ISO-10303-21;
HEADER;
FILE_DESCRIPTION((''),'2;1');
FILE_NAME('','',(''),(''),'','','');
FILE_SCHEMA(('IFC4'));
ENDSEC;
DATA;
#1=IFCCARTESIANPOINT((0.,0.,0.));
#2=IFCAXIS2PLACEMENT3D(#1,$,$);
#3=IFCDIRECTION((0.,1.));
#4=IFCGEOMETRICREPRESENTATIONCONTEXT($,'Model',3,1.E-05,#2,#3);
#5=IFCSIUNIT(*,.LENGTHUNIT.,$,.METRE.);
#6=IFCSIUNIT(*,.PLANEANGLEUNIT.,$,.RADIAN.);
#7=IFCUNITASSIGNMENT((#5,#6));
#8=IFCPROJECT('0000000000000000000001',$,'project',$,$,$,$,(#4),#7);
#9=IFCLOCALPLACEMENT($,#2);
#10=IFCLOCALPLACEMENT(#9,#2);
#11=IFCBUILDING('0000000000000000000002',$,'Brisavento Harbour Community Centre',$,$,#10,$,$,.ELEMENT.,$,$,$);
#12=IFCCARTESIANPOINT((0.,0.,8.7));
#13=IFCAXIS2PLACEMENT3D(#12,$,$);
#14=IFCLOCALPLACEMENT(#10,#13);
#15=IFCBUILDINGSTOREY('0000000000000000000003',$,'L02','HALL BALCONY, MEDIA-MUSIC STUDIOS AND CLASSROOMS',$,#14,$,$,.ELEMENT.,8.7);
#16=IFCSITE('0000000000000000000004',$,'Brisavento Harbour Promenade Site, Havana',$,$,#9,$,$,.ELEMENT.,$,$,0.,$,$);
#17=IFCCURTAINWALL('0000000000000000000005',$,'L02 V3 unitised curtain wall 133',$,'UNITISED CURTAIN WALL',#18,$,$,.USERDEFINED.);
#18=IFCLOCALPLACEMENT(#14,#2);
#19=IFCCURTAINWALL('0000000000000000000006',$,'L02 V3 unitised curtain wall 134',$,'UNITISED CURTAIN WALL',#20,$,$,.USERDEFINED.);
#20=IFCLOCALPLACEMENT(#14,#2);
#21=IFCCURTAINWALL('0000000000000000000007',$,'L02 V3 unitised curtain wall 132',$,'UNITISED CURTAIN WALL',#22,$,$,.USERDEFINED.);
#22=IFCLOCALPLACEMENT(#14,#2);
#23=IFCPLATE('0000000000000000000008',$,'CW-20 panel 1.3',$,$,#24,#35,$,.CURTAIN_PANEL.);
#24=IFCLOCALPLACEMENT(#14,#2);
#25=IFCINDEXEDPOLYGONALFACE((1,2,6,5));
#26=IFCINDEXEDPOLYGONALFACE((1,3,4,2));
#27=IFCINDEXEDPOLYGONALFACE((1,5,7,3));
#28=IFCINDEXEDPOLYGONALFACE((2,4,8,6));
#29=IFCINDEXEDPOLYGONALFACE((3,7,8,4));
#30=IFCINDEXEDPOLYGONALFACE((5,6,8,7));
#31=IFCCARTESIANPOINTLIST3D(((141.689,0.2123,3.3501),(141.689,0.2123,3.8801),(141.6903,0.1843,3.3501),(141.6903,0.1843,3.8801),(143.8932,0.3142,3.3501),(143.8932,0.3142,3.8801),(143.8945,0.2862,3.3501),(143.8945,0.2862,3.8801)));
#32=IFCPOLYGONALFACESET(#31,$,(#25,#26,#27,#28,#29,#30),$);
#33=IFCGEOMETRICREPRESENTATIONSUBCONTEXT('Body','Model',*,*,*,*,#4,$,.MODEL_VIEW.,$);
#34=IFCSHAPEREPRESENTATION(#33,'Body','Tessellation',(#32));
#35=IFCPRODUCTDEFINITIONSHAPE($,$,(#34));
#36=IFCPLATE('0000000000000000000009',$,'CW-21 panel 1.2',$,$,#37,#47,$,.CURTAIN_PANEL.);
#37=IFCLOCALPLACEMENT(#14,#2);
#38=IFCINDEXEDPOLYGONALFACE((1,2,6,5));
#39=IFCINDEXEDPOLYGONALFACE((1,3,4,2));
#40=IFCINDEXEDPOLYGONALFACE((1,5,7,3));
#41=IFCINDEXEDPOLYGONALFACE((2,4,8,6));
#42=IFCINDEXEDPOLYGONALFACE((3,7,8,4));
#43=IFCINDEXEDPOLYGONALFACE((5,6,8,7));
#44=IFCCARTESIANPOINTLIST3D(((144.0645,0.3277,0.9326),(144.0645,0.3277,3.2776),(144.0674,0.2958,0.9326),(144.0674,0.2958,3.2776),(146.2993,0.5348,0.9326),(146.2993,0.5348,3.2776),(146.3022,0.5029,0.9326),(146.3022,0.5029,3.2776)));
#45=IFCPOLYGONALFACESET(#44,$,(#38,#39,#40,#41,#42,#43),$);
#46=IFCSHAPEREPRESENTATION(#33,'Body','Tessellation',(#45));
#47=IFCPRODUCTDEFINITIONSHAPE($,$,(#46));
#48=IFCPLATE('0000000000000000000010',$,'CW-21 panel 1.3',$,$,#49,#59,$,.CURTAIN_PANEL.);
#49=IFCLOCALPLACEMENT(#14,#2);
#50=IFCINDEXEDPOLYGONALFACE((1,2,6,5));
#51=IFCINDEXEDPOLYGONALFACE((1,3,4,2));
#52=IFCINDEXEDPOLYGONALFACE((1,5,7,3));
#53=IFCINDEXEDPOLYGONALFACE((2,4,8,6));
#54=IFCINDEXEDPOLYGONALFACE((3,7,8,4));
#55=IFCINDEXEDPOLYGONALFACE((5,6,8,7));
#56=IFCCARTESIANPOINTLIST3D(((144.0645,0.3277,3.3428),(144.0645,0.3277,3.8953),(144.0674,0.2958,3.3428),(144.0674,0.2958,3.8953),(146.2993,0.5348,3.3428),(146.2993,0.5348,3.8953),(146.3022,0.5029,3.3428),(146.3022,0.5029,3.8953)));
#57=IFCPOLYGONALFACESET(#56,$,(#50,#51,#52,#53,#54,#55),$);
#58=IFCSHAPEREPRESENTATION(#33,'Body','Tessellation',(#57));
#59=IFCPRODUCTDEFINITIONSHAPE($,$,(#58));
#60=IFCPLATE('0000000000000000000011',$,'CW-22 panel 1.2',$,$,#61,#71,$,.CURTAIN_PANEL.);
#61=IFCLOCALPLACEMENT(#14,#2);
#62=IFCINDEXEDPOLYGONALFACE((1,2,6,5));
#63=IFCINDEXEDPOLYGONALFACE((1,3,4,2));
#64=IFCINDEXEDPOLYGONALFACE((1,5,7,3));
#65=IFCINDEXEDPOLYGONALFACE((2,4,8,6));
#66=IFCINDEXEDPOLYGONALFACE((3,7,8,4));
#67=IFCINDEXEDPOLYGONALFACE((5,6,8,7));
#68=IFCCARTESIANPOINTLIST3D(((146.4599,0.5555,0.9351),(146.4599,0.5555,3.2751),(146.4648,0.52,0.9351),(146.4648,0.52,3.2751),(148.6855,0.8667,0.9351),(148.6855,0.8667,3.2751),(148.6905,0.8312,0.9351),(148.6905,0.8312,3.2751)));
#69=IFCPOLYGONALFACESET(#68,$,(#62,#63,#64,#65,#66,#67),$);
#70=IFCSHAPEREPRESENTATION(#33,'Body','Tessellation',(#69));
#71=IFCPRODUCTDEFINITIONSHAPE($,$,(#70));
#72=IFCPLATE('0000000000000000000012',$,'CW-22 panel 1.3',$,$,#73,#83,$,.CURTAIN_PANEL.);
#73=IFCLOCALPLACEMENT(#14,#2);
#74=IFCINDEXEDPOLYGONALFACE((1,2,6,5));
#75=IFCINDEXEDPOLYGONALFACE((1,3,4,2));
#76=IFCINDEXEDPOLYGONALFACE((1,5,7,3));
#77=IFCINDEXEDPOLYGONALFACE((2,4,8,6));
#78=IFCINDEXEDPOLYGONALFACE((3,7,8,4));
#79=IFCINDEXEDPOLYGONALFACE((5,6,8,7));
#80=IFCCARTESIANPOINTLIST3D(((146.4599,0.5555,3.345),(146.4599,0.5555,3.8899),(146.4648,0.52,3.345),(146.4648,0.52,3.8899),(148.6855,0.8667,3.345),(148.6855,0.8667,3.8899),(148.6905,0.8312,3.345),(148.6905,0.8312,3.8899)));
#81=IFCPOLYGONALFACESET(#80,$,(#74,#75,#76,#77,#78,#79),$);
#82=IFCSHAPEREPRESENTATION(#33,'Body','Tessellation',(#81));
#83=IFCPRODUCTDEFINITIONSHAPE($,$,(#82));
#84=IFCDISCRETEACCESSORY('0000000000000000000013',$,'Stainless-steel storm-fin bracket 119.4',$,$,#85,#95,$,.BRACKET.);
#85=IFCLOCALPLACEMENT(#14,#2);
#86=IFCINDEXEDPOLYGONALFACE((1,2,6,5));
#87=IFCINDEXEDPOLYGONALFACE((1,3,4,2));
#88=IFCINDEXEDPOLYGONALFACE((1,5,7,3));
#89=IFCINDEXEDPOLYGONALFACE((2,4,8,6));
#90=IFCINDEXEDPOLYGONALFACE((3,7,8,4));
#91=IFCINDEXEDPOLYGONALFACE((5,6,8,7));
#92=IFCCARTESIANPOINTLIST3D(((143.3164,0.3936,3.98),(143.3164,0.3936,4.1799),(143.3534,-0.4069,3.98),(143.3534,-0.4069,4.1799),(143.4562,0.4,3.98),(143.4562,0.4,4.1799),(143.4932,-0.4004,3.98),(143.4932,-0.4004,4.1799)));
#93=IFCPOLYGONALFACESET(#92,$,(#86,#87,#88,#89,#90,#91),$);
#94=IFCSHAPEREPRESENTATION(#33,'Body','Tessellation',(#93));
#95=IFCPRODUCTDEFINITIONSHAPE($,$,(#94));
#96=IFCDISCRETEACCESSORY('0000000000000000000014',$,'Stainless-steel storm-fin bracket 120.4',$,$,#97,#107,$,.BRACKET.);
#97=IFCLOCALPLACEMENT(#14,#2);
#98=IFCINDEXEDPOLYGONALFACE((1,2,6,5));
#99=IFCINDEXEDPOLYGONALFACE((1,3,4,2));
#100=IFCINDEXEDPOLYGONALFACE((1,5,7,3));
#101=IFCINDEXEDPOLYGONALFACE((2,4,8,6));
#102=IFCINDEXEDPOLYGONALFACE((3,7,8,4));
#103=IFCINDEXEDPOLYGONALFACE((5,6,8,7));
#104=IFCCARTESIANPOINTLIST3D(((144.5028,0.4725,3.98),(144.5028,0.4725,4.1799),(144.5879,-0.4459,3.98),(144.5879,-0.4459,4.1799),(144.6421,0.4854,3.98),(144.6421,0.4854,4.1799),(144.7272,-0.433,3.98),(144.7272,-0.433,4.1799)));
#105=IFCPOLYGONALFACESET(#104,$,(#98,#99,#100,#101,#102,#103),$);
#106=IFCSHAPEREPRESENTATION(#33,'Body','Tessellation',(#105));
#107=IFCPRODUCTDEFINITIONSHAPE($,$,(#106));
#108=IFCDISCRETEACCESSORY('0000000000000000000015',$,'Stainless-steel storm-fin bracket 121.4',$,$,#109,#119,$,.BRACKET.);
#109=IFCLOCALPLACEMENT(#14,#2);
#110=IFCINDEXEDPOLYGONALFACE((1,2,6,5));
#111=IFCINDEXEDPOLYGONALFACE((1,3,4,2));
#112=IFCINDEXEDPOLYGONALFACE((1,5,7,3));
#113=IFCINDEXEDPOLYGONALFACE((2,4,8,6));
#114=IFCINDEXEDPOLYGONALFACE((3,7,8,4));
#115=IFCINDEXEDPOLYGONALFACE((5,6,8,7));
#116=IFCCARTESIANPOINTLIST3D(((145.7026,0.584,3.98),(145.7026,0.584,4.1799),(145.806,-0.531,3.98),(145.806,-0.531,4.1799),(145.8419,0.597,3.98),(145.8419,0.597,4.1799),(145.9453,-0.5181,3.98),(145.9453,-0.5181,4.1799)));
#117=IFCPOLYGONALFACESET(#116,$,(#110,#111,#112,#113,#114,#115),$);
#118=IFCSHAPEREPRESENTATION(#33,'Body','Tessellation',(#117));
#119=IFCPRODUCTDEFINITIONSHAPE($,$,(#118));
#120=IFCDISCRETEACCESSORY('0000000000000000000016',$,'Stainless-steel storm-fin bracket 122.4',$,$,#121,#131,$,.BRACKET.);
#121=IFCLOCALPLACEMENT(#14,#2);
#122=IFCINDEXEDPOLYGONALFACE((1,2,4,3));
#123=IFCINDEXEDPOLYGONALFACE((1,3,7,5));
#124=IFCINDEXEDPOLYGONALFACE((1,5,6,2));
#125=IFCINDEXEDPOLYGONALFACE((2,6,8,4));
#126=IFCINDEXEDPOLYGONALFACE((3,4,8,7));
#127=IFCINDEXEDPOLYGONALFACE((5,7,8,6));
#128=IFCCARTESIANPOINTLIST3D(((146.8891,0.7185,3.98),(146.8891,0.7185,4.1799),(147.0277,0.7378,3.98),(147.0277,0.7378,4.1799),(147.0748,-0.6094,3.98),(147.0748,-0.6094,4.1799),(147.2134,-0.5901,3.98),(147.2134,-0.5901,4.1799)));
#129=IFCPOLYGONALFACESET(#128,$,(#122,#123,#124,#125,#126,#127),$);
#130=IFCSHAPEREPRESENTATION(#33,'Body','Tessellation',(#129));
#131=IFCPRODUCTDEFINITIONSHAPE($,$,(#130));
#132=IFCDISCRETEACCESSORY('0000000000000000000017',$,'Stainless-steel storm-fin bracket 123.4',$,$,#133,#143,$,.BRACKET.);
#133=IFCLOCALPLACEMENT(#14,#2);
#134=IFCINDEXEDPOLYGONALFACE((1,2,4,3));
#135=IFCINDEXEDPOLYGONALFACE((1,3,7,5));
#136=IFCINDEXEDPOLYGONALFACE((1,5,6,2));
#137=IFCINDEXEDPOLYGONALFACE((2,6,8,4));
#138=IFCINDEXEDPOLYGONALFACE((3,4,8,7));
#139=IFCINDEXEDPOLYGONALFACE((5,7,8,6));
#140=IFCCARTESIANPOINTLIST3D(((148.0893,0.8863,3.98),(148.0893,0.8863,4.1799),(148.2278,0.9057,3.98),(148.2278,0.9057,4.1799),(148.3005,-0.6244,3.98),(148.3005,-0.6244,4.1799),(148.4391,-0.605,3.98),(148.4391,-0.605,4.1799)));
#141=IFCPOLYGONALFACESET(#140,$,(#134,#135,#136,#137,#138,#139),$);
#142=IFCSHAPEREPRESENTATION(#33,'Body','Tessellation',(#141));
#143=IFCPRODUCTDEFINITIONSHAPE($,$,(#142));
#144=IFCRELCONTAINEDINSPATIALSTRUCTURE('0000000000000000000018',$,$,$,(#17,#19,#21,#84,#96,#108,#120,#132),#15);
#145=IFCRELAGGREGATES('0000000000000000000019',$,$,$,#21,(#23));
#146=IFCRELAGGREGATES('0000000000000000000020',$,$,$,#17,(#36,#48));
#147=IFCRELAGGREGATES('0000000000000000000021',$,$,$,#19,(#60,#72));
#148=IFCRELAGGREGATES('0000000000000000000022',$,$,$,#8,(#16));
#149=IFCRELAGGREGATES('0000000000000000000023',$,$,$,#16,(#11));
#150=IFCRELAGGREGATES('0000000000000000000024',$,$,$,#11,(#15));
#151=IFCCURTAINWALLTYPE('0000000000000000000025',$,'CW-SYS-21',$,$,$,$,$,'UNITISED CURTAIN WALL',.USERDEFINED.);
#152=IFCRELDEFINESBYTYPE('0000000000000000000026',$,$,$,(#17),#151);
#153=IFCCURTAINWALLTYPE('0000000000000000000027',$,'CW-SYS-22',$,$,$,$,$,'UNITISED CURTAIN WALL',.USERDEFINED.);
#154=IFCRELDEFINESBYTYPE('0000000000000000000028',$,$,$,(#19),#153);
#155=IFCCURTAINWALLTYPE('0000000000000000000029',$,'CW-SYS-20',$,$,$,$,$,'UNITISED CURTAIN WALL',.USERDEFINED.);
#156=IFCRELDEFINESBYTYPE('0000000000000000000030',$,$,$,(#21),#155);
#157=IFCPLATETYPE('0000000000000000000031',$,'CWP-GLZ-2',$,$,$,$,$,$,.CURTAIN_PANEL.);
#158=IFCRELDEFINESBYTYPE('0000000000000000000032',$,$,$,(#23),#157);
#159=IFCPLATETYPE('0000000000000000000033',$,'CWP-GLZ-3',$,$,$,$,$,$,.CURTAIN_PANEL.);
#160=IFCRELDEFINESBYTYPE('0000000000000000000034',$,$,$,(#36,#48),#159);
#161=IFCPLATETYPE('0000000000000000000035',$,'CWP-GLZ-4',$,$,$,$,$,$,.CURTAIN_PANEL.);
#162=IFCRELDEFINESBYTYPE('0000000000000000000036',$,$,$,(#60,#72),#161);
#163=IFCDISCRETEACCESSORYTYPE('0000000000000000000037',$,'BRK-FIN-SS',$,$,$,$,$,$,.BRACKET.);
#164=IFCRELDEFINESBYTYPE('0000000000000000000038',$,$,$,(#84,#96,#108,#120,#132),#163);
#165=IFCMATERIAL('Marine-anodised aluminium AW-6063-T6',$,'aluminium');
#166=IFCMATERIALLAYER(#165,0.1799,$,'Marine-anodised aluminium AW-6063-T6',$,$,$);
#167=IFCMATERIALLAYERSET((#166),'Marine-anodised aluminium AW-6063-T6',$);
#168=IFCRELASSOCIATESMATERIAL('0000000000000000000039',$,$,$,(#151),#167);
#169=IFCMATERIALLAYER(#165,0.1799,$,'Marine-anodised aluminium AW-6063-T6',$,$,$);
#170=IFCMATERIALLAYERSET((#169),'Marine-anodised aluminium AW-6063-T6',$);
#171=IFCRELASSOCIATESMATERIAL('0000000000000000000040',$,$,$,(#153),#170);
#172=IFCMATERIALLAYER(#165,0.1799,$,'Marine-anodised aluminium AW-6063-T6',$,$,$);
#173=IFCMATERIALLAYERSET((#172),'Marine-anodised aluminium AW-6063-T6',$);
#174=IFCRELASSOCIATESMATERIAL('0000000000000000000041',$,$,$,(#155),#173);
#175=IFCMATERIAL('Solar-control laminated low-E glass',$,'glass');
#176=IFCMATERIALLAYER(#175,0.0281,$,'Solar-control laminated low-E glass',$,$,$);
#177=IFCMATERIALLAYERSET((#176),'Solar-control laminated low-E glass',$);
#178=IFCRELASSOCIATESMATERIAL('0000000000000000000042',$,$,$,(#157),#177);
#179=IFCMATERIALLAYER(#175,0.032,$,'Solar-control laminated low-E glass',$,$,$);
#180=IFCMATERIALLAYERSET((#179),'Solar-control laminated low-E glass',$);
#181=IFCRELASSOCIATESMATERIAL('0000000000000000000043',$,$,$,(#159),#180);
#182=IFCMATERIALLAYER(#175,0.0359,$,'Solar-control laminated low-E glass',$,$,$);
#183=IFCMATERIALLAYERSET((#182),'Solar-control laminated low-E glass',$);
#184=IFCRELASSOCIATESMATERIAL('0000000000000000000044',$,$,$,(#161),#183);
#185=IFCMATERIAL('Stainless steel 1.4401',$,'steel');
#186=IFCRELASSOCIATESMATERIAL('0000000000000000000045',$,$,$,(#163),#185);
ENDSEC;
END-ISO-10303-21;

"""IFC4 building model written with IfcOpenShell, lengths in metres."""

from ifc_helpers import new_model, si_unit, direction, frame, origin, origin_2d, place, context, subcontext, project, spatial, rectangle, extrude, material, layer, layer_set, type_object, element, aggregate, save


model = new_model("IFC4")

# Units and contexts
model_context = context("Model", 3, precision=1e-05, world=origin(), true_north=direction((0.0, 1.0)))
body_context = subcontext(model_context, "Body", "Model", "MODEL_VIEW")
ifc_project = project(units=[si_unit("LENGTHUNIT", "METRE"), si_unit("PLANEANGLEUNIT", "RADIAN")], contexts=[model_context])

# Site, building, storey
site_placement = place(None, origin())
site = spatial("IfcSite", under=ifc_project, at=site_placement, Name="Brisavento Harbour Promenade Site, Havana", CompositionType="ELEMENT", RefElevation=0.0)
building_placement = place(site_placement, origin())
building = spatial("IfcBuilding", under=site, at=building_placement, Name="Brisavento Harbour Community Centre", CompositionType="ELEMENT")
storey_placement = place(building_placement, frame((0.0, 0.0, 8.7)))
storey = spatial("IfcBuildingStorey", under=building, at=storey_placement, Name="L02", Description="HALL BALCONY, MEDIA-MUSIC STUDIOS AND CLASSROOMS", CompositionType="ELEMENT", Elevation=8.7)

# Curtain walls
ifc_material_1 = material(Name="Marine-anodised aluminium AW-6063-T6", Category="aluminium")
ifc_layer_1 = layer(ifc_material_1, 0.1799, Name="Marine-anodised aluminium AW-6063-T6")
ifc_layer_set_1 = layer_set([ifc_layer_1], Name="Marine-anodised aluminium AW-6063-T6")
curtain_wall_type_1 = type_object("IfcCurtainWallType", Name="CW-SYS-21", ElementType="UNITISED CURTAIN WALL", PredefinedType="USERDEFINED", material=ifc_layer_set_1)
curtain_wall_1_placement = place(storey_placement, origin())
curtain_wall_1 = element("IfcCurtainWall", 1, at=curtain_wall_1_placement, inside=storey, type_object=curtain_wall_type_1, Name="L02 V3 unitised curtain wall 133", ObjectType="UNITISED CURTAIN WALL", PredefinedType="USERDEFINED")
ifc_layer_2 = layer(ifc_material_1, 0.1799, Name="Marine-anodised aluminium AW-6063-T6")
ifc_layer_set_2 = layer_set([ifc_layer_2], Name="Marine-anodised aluminium AW-6063-T6")
curtain_wall_type_2 = type_object("IfcCurtainWallType", Name="CW-SYS-22", ElementType="UNITISED CURTAIN WALL", PredefinedType="USERDEFINED", material=ifc_layer_set_2)
curtain_wall_2_placement = place(storey_placement, origin())
curtain_wall_2 = element("IfcCurtainWall", 2, at=curtain_wall_2_placement, inside=storey, type_object=curtain_wall_type_2, Name="L02 V3 unitised curtain wall 134", ObjectType="UNITISED CURTAIN WALL", PredefinedType="USERDEFINED")
ifc_layer_3 = layer(ifc_material_1, 0.1799, Name="Marine-anodised aluminium AW-6063-T6")
ifc_layer_set_3 = layer_set([ifc_layer_3], Name="Marine-anodised aluminium AW-6063-T6")
curtain_wall_type_3 = type_object("IfcCurtainWallType", Name="CW-SYS-20", ElementType="UNITISED CURTAIN WALL", PredefinedType="USERDEFINED", material=ifc_layer_set_3)
curtain_wall_3_placement = place(storey_placement, origin())
curtain_wall_3 = element("IfcCurtainWall", 3, at=curtain_wall_3_placement, inside=storey, type_object=curtain_wall_type_3, Name="L02 V3 unitised curtain wall 132", ObjectType="UNITISED CURTAIN WALL", PredefinedType="USERDEFINED")

# Plates
ifc_material_2 = material(Name="Solar-control laminated low-E glass", Category="glass")
ifc_layer_4 = layer(ifc_material_2, 0.0281, Name="Solar-control laminated low-E glass")
ifc_layer_set_4 = layer_set([ifc_layer_4], Name="Solar-control laminated low-E glass")
plate_type_1 = type_object("IfcPlateType", Name="CWP-GLZ-2", PredefinedType="CURTAIN_PANEL", material=ifc_layer_set_4)
plate_1_placement = place(storey_placement, frame((142.7917, 0.2493, 3.3501), z_axis=(0.0, 0.0, 1.0), x_axis=(-0.998933, -0.046186, 0.0)))
plate_1 = element("IfcPlate", 4, at=plate_1_placement, type_object=plate_type_1, Name="CW-20 panel 1.3", PredefinedType="CURTAIN_PANEL", context=body_context, shape_type="SweptSolid", body=[
    extrude(rectangle(XDim=2.2065, YDim=0.0281, at=origin_2d()), origin(), (0.0, 0.0, 1.0), 0.53),
])
aggregate(curtain_wall_3, [plate_1])
ifc_layer_5 = layer(ifc_material_2, 0.032, Name="Solar-control laminated low-E glass")
ifc_layer_set_5 = layer_set([ifc_layer_5], Name="Solar-control laminated low-E glass")
plate_type_2 = type_object("IfcPlateType", Name="CWP-GLZ-3", PredefinedType="CURTAIN_PANEL", material=ifc_layer_set_5)
plate_2_placement = place(storey_placement, frame((145.1833, 0.4153, 0.9326), z_axis=(0.0, 0.0, 1.0), x_axis=(-0.995733, -0.092279, 0.0)))
plate_2 = element("IfcPlate", 5, at=plate_2_placement, type_object=plate_type_2, Name="CW-21 panel 1.2", PredefinedType="CURTAIN_PANEL", context=body_context, shape_type="SweptSolid", body=[
    extrude(rectangle(XDim=2.2444, YDim=0.032, at=origin_2d()), origin(), (0.0, 0.0, 1.0), 2.345),
])
plate_3_placement = place(storey_placement, frame((145.1833, 0.4153, 3.3428), z_axis=(0.0, 0.0, 1.0), x_axis=(-0.995733, -0.092279, 0.0)))
plate_3 = element("IfcPlate", 6, at=plate_3_placement, type_object=plate_type_2, Name="CW-21 panel 1.3", PredefinedType="CURTAIN_PANEL", context=body_context, shape_type="SweptSolid", body=[
    extrude(rectangle(XDim=2.2444, YDim=0.032, at=origin_2d()), origin(), (0.0, 0.0, 1.0), 0.5525),
])
aggregate(curtain_wall_1, [plate_2, plate_3])
ifc_layer_6 = layer(ifc_material_2, 0.0359, Name="Solar-control laminated low-E glass")
ifc_layer_set_6 = layer_set([ifc_layer_6], Name="Solar-control laminated low-E glass")
plate_type_3 = type_object("IfcPlateType", Name="CWP-GLZ-4", PredefinedType="CURTAIN_PANEL", material=ifc_layer_set_6)
plate_4_placement = place(storey_placement, frame((147.5752, 0.6934, 0.9351), z_axis=(0.0, 0.0, 1.0), x_axis=(-0.990366, -0.138477, 0.0)))
plate_4 = element("IfcPlate", 7, at=plate_4_placement, type_object=plate_type_3, Name="CW-22 panel 1.2", PredefinedType="CURTAIN_PANEL", context=body_context, shape_type="SweptSolid", body=[
    extrude(rectangle(XDim=2.2473, YDim=0.0359, at=origin_2d()), origin(), (0.0, 0.0, 1.0), 2.3401),
])
plate_5_placement = place(storey_placement, frame((147.5752, 0.6934, 3.345), z_axis=(0.0, 0.0, 1.0), x_axis=(-0.990366, -0.138477, 0.0)))
plate_5 = element("IfcPlate", 8, at=plate_5_placement, type_object=plate_type_3, Name="CW-22 panel 1.3", PredefinedType="CURTAIN_PANEL", context=body_context, shape_type="SweptSolid", body=[
    extrude(rectangle(XDim=2.2473, YDim=0.0359, at=origin_2d()), origin(), (0.0, 0.0, 1.0), 0.5449),
])
aggregate(curtain_wall_2, [plate_4, plate_5])

# Discrete accessories
ifc_material_3 = material(Name="Stainless steel 1.4401", Category="steel")
discrete_accessory_type = type_object("IfcDiscreteAccessoryType", Name="BRK-FIN-SS", PredefinedType="BRACKET", material=ifc_material_3)
discrete_accessory_1_placement = place(storey_placement, frame((143.4048, -0.0034, 3.98), z_axis=(0.0, 0.0, 1.0), x_axis=(0.046165, -0.998934, 0.0)))
element("IfcDiscreteAccessory", 9, at=discrete_accessory_1_placement, inside=storey, type_object=discrete_accessory_type, Name="Stainless-steel storm-fin bracket 119.4", PredefinedType="BRACKET", context=body_context, shape_type="SweptSolid", body=[
    extrude(rectangle(XDim=0.8013, YDim=0.1399, at=origin_2d()), origin(), (0.0, 0.0, 1.0), 0.2),
])
discrete_accessory_2_placement = place(storey_placement, frame((144.615, 0.0198, 3.98), z_axis=(0.0, 0.0, 1.0), x_axis=(0.092336, -0.995728, 0.0)))
element("IfcDiscreteAccessory", 10, at=discrete_accessory_2_placement, inside=storey, type_object=discrete_accessory_type, Name="Stainless-steel storm-fin bracket 120.4", PredefinedType="BRACKET", context=body_context, shape_type="SweptSolid", body=[
    extrude(rectangle(XDim=0.9224, YDim=0.1399, at=origin_2d()), origin(), (0.0, 0.0, 1.0), 0.2),
])
discrete_accessory_3_placement = place(storey_placement, frame((145.824, 0.033, 3.98), z_axis=(0.0, 0.0, 1.0), x_axis=(0.092336, -0.995728, 0.0)))
element("IfcDiscreteAccessory", 11, at=discrete_accessory_3_placement, inside=storey, type_object=discrete_accessory_type, Name="Stainless-steel storm-fin bracket 121.4", PredefinedType="BRACKET", context=body_context, shape_type="SweptSolid", body=[
    extrude(rectangle(XDim=1.1199, YDim=0.1399, at=origin_2d()), origin(), (0.0, 0.0, 1.0), 0.2),
])
discrete_accessory_4_placement = place(storey_placement, frame((147.0513, 0.0642, 3.98), z_axis=(0.0, 0.0, 1.0), x_axis=(0.138499, -0.990363, 0.0)))
element("IfcDiscreteAccessory", 12, at=discrete_accessory_4_placement, inside=storey, type_object=discrete_accessory_type, Name="Stainless-steel storm-fin bracket 122.4", PredefinedType="BRACKET", context=body_context, shape_type="SweptSolid", body=[
    extrude(rectangle(XDim=1.3408, YDim=0.1399, at=origin_2d()), origin(), (0.0, 0.0, 1.0), 0.2),
])
discrete_accessory_5_placement = place(storey_placement, frame((148.2642, 0.1406, 3.98), z_axis=(0.0, 0.0, 1.0), x_axis=(0.138499, -0.990363, 0.0)))
element("IfcDiscreteAccessory", 13, at=discrete_accessory_5_placement, inside=storey, type_object=discrete_accessory_type, Name="Stainless-steel storm-fin bracket 123.4", PredefinedType="BRACKET", context=body_context, shape_type="SweptSolid", body=[
    extrude(rectangle(XDim=1.5254, YDim=0.1399, at=origin_2d()), origin(), (0.0, 0.0, 1.0), 0.2),
])

save(model, "model.ifc")
